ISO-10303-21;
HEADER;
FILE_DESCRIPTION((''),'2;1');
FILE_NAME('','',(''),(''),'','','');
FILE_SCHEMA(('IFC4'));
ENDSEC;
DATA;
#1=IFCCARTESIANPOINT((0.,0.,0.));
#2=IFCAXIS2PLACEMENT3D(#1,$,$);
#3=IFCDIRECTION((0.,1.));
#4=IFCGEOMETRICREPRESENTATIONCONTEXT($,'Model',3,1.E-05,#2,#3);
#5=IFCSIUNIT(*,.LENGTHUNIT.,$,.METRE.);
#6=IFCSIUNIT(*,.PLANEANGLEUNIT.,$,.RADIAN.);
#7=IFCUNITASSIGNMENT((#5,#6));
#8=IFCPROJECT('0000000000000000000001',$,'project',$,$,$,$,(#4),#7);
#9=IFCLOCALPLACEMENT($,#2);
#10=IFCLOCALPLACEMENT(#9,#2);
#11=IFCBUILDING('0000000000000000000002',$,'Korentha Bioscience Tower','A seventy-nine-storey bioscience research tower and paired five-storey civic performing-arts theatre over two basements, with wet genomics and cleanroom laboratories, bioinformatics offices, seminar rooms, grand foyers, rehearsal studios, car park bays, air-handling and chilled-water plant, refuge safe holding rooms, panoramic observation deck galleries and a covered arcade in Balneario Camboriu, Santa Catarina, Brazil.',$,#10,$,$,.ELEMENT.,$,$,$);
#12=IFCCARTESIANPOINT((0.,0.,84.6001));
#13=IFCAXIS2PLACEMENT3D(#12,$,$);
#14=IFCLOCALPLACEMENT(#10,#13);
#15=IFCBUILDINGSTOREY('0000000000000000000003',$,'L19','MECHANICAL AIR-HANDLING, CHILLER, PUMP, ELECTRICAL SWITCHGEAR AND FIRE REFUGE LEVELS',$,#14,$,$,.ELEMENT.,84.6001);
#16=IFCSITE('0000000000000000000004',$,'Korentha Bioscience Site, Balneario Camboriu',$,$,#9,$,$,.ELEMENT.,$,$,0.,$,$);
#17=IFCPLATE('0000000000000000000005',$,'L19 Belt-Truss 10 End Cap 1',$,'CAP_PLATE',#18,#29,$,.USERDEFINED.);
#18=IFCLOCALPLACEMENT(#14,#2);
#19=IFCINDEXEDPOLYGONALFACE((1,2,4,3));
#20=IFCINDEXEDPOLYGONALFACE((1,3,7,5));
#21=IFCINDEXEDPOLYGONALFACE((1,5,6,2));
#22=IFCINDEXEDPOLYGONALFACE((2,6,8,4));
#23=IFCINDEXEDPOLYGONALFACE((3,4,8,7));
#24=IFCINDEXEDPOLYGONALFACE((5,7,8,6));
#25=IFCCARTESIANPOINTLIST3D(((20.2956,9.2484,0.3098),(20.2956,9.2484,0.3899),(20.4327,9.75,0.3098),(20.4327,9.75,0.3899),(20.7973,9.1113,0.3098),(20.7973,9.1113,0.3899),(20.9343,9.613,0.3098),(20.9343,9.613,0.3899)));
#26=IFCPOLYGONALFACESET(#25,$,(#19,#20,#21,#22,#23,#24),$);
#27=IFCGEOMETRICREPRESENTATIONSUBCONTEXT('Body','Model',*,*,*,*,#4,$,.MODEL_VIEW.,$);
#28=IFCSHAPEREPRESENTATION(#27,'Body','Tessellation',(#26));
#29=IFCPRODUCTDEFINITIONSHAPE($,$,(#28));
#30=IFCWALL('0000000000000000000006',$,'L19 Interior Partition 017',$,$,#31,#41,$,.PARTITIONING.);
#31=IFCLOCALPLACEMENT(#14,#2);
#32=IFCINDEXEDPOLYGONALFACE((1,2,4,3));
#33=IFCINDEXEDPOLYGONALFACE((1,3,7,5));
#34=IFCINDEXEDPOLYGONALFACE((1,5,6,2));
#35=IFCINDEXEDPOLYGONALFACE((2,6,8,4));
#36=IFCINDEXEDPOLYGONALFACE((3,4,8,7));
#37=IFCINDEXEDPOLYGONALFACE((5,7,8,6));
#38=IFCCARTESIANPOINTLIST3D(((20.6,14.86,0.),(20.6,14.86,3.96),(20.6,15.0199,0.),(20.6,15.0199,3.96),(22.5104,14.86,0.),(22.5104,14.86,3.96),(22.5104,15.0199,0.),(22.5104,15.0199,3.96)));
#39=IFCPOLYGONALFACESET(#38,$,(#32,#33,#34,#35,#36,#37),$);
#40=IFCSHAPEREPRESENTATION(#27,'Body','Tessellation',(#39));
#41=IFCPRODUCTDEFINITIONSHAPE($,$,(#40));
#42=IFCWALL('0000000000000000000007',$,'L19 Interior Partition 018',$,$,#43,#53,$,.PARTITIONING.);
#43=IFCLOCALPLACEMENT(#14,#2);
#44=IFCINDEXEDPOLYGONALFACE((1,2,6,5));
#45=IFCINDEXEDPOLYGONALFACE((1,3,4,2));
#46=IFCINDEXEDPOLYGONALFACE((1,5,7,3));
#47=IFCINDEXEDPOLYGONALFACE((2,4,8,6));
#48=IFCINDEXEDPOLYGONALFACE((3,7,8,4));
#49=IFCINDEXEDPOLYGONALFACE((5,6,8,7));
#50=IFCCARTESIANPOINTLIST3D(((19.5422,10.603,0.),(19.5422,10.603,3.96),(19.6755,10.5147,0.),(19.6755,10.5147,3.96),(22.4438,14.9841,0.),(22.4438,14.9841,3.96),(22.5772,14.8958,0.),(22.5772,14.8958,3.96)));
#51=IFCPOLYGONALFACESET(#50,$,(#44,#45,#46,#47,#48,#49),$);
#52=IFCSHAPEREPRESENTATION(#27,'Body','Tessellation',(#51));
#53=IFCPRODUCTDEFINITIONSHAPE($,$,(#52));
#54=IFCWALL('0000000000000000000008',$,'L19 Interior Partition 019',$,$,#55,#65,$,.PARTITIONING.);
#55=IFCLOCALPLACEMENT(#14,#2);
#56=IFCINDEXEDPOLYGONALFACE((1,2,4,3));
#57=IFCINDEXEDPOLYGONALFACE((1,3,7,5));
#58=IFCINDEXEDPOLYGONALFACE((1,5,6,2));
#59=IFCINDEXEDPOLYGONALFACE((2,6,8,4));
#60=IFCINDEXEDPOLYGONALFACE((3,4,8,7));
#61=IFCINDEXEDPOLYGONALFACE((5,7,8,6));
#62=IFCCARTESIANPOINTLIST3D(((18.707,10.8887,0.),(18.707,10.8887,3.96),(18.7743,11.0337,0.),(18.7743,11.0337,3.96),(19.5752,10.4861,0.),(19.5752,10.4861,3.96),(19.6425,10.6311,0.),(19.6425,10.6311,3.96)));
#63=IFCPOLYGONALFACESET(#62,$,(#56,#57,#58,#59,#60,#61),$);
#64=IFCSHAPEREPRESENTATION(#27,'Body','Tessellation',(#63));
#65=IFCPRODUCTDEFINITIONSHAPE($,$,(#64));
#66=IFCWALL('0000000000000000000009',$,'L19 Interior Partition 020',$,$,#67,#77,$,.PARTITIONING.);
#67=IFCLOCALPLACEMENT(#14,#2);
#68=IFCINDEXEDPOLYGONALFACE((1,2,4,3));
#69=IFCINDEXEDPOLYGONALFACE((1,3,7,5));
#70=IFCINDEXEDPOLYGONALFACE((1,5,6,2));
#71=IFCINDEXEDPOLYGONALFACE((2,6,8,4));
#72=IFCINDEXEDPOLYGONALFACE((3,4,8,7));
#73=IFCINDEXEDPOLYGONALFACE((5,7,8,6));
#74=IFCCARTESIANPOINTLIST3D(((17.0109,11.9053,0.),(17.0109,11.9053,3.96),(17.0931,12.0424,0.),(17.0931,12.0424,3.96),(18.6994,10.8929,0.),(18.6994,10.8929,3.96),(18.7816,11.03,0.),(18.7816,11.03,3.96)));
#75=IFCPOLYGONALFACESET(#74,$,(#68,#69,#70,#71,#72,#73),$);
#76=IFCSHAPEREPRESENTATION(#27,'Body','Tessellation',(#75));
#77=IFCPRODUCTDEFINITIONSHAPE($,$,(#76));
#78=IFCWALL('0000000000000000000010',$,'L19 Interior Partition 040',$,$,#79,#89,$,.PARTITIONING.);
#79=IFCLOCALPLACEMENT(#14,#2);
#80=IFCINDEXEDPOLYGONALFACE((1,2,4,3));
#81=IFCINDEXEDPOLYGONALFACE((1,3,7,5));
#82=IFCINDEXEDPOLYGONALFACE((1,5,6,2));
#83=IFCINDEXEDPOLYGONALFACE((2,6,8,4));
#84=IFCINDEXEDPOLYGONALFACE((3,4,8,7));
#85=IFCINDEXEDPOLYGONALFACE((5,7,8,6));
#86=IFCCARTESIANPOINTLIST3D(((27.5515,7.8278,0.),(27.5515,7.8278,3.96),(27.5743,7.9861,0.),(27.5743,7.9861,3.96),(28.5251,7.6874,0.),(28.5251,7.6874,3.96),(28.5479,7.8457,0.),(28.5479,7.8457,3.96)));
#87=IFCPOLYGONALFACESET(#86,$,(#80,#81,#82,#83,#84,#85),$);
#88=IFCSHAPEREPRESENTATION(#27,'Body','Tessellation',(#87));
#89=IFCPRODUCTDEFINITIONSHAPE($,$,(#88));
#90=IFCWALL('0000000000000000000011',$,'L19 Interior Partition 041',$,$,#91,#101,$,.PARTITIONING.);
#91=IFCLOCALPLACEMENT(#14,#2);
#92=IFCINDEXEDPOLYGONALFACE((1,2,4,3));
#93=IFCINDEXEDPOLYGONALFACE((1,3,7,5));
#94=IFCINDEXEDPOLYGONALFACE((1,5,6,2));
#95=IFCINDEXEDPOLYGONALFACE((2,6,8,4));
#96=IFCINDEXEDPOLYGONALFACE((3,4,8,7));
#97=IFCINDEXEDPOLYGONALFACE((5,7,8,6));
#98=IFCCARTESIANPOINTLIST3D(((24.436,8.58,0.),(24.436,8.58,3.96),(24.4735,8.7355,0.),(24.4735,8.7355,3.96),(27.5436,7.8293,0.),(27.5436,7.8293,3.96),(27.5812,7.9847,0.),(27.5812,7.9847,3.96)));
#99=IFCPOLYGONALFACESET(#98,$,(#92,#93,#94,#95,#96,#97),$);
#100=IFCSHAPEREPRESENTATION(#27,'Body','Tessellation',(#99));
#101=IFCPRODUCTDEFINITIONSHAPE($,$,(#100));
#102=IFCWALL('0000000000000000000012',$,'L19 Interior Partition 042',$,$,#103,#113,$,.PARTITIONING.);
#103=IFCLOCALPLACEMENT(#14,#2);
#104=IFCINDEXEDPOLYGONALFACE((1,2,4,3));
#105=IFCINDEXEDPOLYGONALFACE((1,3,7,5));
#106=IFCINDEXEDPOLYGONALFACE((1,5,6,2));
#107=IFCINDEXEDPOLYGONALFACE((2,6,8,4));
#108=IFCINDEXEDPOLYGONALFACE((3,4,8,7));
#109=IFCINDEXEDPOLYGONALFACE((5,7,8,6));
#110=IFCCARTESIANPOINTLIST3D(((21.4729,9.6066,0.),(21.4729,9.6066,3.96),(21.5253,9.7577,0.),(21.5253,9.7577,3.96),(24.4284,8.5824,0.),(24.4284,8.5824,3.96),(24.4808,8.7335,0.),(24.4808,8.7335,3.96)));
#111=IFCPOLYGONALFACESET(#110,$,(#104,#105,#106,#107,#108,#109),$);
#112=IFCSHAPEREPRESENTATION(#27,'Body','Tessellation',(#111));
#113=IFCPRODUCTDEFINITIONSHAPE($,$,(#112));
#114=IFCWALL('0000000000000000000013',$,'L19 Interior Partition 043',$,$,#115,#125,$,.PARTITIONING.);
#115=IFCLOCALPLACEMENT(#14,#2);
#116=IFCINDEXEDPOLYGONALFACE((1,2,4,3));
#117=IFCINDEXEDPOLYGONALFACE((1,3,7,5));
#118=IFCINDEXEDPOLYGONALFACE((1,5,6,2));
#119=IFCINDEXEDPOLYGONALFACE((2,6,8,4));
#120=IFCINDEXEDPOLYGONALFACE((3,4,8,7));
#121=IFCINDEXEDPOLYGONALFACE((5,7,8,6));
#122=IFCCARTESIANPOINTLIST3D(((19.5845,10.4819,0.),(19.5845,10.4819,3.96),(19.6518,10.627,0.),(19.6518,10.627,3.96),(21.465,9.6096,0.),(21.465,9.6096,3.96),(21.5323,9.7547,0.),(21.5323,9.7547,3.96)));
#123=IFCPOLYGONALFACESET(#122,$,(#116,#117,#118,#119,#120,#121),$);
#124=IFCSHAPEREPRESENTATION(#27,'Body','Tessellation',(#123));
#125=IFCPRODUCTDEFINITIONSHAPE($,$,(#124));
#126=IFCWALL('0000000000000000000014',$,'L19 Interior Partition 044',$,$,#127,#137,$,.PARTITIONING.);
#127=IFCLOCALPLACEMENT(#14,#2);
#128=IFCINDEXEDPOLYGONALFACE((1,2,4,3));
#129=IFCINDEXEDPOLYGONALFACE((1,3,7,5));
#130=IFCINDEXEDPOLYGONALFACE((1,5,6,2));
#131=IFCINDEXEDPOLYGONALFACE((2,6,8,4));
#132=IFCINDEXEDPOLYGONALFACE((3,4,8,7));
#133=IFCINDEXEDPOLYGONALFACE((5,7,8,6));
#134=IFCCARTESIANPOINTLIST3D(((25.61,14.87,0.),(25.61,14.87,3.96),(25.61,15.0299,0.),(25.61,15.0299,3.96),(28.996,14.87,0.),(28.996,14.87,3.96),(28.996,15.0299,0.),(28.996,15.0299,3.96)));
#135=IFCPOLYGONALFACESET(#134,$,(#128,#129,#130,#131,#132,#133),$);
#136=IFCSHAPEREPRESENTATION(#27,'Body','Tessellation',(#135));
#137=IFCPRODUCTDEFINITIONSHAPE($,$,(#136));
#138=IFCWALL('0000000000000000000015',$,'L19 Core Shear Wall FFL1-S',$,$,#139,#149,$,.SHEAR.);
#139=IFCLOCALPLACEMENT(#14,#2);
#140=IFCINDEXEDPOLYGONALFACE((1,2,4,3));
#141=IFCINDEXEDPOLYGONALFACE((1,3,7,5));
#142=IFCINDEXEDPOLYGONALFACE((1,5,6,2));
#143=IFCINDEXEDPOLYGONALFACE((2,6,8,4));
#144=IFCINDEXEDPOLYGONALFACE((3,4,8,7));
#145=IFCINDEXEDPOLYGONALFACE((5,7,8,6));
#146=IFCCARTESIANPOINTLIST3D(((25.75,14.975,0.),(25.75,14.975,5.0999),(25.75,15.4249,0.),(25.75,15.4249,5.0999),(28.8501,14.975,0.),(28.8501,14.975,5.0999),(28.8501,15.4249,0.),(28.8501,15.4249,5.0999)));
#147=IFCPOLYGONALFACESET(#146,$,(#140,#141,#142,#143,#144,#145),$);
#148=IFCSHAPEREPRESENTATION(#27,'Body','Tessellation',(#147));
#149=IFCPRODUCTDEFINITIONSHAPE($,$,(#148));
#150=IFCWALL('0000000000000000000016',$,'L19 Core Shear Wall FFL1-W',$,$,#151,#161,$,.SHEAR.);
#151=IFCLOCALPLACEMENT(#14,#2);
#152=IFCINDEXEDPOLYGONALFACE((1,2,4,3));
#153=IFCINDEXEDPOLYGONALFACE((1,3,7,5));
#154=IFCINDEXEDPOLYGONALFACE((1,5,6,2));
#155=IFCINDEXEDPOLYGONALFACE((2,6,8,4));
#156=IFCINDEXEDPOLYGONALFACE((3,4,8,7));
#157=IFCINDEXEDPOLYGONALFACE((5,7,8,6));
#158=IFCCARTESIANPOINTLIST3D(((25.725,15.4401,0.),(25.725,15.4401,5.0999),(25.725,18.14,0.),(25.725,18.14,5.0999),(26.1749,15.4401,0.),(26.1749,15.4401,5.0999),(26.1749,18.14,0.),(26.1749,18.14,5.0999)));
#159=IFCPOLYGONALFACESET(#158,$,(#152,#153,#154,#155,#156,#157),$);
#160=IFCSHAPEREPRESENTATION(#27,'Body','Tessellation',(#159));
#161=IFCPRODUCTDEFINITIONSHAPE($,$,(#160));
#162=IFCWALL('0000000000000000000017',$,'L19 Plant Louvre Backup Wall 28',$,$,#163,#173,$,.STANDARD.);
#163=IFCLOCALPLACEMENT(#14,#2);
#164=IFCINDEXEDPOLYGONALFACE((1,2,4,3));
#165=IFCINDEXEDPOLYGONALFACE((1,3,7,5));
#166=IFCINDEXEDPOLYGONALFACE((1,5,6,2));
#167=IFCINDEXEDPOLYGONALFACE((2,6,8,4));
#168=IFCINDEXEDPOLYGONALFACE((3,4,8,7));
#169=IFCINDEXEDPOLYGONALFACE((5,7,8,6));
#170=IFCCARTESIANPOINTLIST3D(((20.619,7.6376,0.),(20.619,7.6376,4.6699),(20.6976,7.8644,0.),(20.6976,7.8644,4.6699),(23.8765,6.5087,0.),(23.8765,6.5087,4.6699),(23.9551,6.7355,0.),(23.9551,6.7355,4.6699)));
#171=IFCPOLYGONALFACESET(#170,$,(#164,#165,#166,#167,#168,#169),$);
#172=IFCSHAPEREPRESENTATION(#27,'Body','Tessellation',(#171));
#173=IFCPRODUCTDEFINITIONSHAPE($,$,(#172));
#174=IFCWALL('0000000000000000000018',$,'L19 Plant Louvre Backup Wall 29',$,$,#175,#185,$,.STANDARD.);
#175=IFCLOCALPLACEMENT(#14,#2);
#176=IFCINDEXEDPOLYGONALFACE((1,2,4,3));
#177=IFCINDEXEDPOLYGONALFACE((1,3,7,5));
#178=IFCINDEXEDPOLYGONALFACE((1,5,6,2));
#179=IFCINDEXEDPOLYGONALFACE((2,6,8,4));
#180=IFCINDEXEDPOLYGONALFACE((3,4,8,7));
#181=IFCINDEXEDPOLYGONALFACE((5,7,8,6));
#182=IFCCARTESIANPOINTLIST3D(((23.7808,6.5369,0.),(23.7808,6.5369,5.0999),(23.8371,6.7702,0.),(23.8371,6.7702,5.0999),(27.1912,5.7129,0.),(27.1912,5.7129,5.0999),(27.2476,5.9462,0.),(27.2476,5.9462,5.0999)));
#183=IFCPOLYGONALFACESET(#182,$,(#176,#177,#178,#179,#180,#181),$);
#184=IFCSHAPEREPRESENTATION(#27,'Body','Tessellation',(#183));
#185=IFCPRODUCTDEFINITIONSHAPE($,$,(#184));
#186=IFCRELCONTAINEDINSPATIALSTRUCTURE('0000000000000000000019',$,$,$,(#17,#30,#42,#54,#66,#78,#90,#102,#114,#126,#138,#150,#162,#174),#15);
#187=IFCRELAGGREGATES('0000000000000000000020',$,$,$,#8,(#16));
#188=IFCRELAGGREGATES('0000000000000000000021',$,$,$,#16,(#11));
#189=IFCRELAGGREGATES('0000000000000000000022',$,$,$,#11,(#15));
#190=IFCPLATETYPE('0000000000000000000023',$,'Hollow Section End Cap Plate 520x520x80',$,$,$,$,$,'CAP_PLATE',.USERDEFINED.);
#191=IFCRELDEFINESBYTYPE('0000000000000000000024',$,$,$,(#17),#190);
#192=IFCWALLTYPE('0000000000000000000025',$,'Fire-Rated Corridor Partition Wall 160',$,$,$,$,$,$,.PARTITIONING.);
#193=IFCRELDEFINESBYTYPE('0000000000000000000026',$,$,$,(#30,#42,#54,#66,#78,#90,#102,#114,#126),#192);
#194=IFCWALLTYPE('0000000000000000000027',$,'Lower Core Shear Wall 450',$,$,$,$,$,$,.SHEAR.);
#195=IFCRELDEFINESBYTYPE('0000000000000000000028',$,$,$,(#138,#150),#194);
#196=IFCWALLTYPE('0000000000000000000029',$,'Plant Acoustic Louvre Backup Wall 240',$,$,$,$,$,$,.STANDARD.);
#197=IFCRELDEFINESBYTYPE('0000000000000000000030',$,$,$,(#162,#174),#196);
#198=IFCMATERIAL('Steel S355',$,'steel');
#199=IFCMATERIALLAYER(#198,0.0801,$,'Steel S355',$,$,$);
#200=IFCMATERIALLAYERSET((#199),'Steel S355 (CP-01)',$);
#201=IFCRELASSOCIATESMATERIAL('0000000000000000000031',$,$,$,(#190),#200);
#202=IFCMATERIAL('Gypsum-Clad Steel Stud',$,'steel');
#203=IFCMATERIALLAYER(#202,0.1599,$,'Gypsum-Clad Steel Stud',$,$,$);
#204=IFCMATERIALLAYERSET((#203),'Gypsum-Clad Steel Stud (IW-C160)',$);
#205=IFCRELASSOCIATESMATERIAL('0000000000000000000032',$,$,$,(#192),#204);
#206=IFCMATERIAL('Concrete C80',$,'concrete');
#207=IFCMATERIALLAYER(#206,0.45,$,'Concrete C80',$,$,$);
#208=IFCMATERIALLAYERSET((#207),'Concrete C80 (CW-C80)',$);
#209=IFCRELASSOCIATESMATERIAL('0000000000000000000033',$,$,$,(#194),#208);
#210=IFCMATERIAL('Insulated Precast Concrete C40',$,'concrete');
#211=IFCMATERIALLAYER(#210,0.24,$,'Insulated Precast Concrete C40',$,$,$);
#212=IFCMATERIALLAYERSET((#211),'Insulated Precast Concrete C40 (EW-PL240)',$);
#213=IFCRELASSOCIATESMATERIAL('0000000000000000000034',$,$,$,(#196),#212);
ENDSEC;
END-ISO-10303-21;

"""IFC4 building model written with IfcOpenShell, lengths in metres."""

from ifc_helpers import new_model, si_unit, direction, frame, frame_2d, origin, origin_2d, place, context, subcontext, project, spatial, rectangle, extrude, material, layer, layer_set, type_object, element, save


model = new_model("IFC4")

# Units and contexts
model_context = context("Model", 3, precision=1e-05, world=origin(), true_north=direction((0.0, 1.0)))
body_context = subcontext(model_context, "Body", "Model", "MODEL_VIEW")
ifc_project = project(units=[si_unit("LENGTHUNIT", "METRE"), si_unit("PLANEANGLEUNIT", "RADIAN")], contexts=[model_context])

# Site, building, storey
site_placement = place(None, origin())
site = spatial("IfcSite", under=ifc_project, at=site_placement, Name="Korentha Bioscience Site, Balneario Camboriu", CompositionType="ELEMENT", RefElevation=0.0)
building_placement = place(site_placement, origin())
building = spatial("IfcBuilding", under=site, at=building_placement, Name="Korentha Bioscience Tower", Description="A seventy-nine-storey bioscience research tower and paired five-storey civic performing-arts theatre over two basements, with wet genomics and cleanroom laboratories, bioinformatics offices, seminar rooms, grand foyers, rehearsal studios, car park bays, air-handling and chilled-water plant, refuge safe holding rooms, panoramic observation deck galleries and a covered arcade in Balneario Camboriu, Santa Catarina, Brazil.", CompositionType="ELEMENT")
storey_placement = place(building_placement, frame((0.0, 0.0, 84.6001)))
storey = spatial("IfcBuildingStorey", under=building, at=storey_placement, Name="L19", Description="MECHANICAL AIR-HANDLING, CHILLER, PUMP, ELECTRICAL SWITCHGEAR AND FIRE REFUGE LEVELS", CompositionType="ELEMENT", Elevation=84.6001)

# Shared definitions
ifc_material_1 = material(Name="Concrete C80", Category="concrete")

# Shared definitions
ifc_material_2 = material(Name="Steel S355", Category="steel")

# Plate
ifc_layer_1 = layer(ifc_material_2, 0.0801, Name="Steel S355")
ifc_layer_set_1 = layer_set([ifc_layer_1], Name="Steel S355 (CP-01)")
plate_type_1 = type_object("IfcPlateType", Name="Hollow Section End Cap Plate 520x520x80", ElementType="CAP_PLATE", PredefinedType="USERDEFINED", material=ifc_layer_set_1)
for number, where, z_axis, x_axis, name in (
    (1, (20.615, 9.4307, 0.3098), (0.0, 0.0, 1.0), (-0.964649, 0.263536, 0.0), "L19 Belt-Truss 10 End Cap 1"),
):
    element("IfcPlate", number, at=place(storey_placement, frame(where, z_axis=z_axis, x_axis=x_axis)), inside=storey, type_object=plate_type_1, Name=name, ObjectType="CAP_PLATE", PredefinedType="USERDEFINED", context=body_context, shape_type="SweptSolid", body=[
        extrude(rectangle(XDim=0.52, YDim=0.52, at=origin_2d()), origin(), (0.0, 0.0, 1.0), 0.0801),
    ])

# Shared definitions
ifc_material_3 = material(Name="Gypsum-Clad Steel Stud", Category="steel")
ifc_layer_2 = layer(ifc_material_3, 0.1599, Name="Gypsum-Clad Steel Stud")
ifc_layer_set_2 = layer_set([ifc_layer_2], Name="Gypsum-Clad Steel Stud (IW-C160)")
wall_type_1 = type_object("IfcWallType", Name="Fire-Rated Corridor Partition Wall 160", PredefinedType="PARTITIONING", material=ifc_layer_set_2)

# Walls
wall_1_placement = place(storey_placement, frame((20.6001, 14.9399, 0.0), z_axis=(0.0, 0.0, 1.0), x_axis=(1.0, 0.0, 0.0)))
element("IfcWall", 2, at=wall_1_placement, inside=storey, type_object=wall_type_1, Name="L19 Interior Partition 017", PredefinedType="PARTITIONING", context=body_context, shape_type="SweptSolid", body=[
    extrude(rectangle(XDim=1.9104, YDim=0.1599, at=frame_2d((0.9551, 0.0))), origin(), (0.0, 0.0, 1.0), 3.96),
])
wall_2_placement = place(storey_placement, frame((22.5105, 14.9399, 0.0), z_axis=(0.0, 0.0, 1.0), x_axis=(-0.552178, -0.833726, 0.0)))
element("IfcWall", 3, at=wall_2_placement, inside=storey, type_object=wall_type_1, Name="L19 Interior Partition 018", PredefinedType="PARTITIONING", context=body_context, shape_type="SweptSolid", body=[
    extrude(rectangle(XDim=5.2549, YDim=0.1599, at=frame_2d((2.6274, 0.0))), origin(), (0.0, 0.0, 1.0), 3.96),
])
wall_3_placement = place(storey_placement, frame((19.6089, 10.5586, 0.0), z_axis=(0.0, 0.0, 1.0), x_axis=(-0.907204, 0.420692, 0.0)))
element("IfcWall", 4, at=wall_3_placement, inside=storey, type_object=wall_type_1, Name="L19 Interior Partition 019", PredefinedType="PARTITIONING", context=body_context, shape_type="SweptSolid", body=[
    extrude(rectangle(XDim=0.957, YDim=0.1599, at=frame_2d((0.4785, 0.0))), origin(), (0.0, 0.0, 1.0), 3.96),
])
wall_4_placement = place(storey_placement, frame((18.7405, 10.9614, 0.0), z_axis=(0.0, 0.0, 1.0), x_axis=(-0.857635, 0.514259, 0.0)))
element("IfcWall", 5, at=wall_4_placement, inside=storey, type_object=wall_type_1, Name="L19 Interior Partition 020", PredefinedType="PARTITIONING", context=body_context, shape_type="SweptSolid", body=[
    extrude(rectangle(XDim=1.9688, YDim=0.1599, at=frame_2d((0.9844, 0.0))), origin(), (0.0, 0.0, 1.0), 3.96),
])
wall_5_placement = place(storey_placement, frame((28.5364, 7.7666, 0.0), z_axis=(0.0, 0.0, 1.0), x_axis=(-0.989765, 0.142707, 0.0)))
element("IfcWall", 6, at=wall_5_placement, inside=storey, type_object=wall_type_1, Name="L19 Interior Partition 040", PredefinedType="PARTITIONING", context=body_context, shape_type="SweptSolid", body=[
    extrude(rectangle(XDim=0.9836, YDim=0.1599, at=frame_2d((0.4917, 0.0))), origin(), (0.0, 0.0, 1.0), 3.96),
])
wall_6_placement = place(storey_placement, frame((27.5625, 7.907, 0.0), z_axis=(0.0, 0.0, 1.0), x_axis=(-0.972039, 0.23482, 0.0)))
element("IfcWall", 7, at=wall_6_placement, inside=storey, type_object=wall_type_1, Name="L19 Interior Partition 041", PredefinedType="PARTITIONING", context=body_context, shape_type="SweptSolid", body=[
    extrude(rectangle(XDim=3.197, YDim=0.1599, at=frame_2d((1.5986, 0.0))), origin(), (0.0, 0.0, 1.0), 3.96),
])
wall_7_placement = place(storey_placement, frame((24.4546, 8.658, 0.0), z_axis=(0.0, 0.0, 1.0), x_axis=(-0.944878, 0.327422, 0.0)))
element("IfcWall", 8, at=wall_7_placement, inside=storey, type_object=wall_type_1, Name="L19 Interior Partition 042", PredefinedType="PARTITIONING", context=body_context, shape_type="SweptSolid", body=[
    extrude(rectangle(XDim=3.1279, YDim=0.1599, at=frame_2d((1.564, 0.0))), origin(), (0.0, 0.0, 1.0), 3.96),
])
wall_8_placement = place(storey_placement, frame((21.4988, 9.6821, 0.0), z_axis=(0.0, 0.0, 1.0), x_axis=(-0.907162, 0.420783, 0.0)))
element("IfcWall", 9, at=wall_8_placement, inside=storey, type_object=wall_type_1, Name="L19 Interior Partition 043", PredefinedType="PARTITIONING", context=body_context, shape_type="SweptSolid", body=[
    extrude(rectangle(XDim=2.073, YDim=0.1599, at=frame_2d((1.0366, 0.0))), origin(), (0.0, 0.0, 1.0), 3.96),
])
wall_9_placement = place(storey_placement, frame((25.6101, 14.95, 0.0), z_axis=(0.0, 0.0, 1.0), x_axis=(1.0, 0.0, 0.0)))
element("IfcWall", 10, at=wall_9_placement, inside=storey, type_object=wall_type_1, Name="L19 Interior Partition 044", PredefinedType="PARTITIONING", context=body_context, shape_type="SweptSolid", body=[
    extrude(rectangle(XDim=3.386, YDim=0.1599, at=frame_2d((1.6929, 0.0))), origin(), (0.0, 0.0, 1.0), 3.96),
])
ifc_layer_3 = layer(ifc_material_1, 0.45, Name="Concrete C80")
ifc_layer_set_3 = layer_set([ifc_layer_3], Name="Concrete C80 (CW-C80)")
wall_type_2 = type_object("IfcWallType", Name="Lower Core Shear Wall 450", PredefinedType="SHEAR", material=ifc_layer_set_3)
wall_10_placement = place(storey_placement, frame((25.75, 15.2, 0.0), z_axis=(0.0, 0.0, 1.0), x_axis=(1.0, 0.0, 0.0)))
element("IfcWall", 11, at=wall_10_placement, inside=storey, type_object=wall_type_2, Name="L19 Core Shear Wall FFL1-S", PredefinedType="SHEAR", context=body_context, shape_type="SweptSolid", body=[
    extrude(rectangle(XDim=3.1001, YDim=0.45, at=frame_2d((1.55, 0.0))), origin(), (0.0, 0.0, 1.0), 5.0999),
])
wall_11_placement = place(storey_placement, frame((25.95, 15.4399, 0.0), z_axis=(0.0, 0.0, 1.0), x_axis=(0.0, 1.0, 0.0)))
element("IfcWall", 12, at=wall_11_placement, inside=storey, type_object=wall_type_2, Name="L19 Core Shear Wall FFL1-W", PredefinedType="SHEAR", context=body_context, shape_type="SweptSolid", body=[
    extrude(rectangle(XDim=2.7, YDim=0.45, at=frame_2d((1.3501, 0.0))), origin(), (0.0, 0.0, 1.0), 5.0999),
])
ifc_material_4 = material(Name="Insulated Precast Concrete C40", Category="concrete")
ifc_layer_4 = layer(ifc_material_4, 0.24, Name="Insulated Precast Concrete C40")
ifc_layer_set_4 = layer_set([ifc_layer_4], Name="Insulated Precast Concrete C40 (EW-PL240)")
wall_type_3 = type_object("IfcWallType", Name="Plant Acoustic Louvre Backup Wall 240", PredefinedType="STANDARD", material=ifc_layer_set_4)
wall_12_placement = place(storey_placement, frame((20.6584, 7.751, 0.0), z_axis=(0.0, 0.0, 1.0), x_axis=(0.944863, -0.327466, 0.0)))
element("IfcWall", 13, at=wall_12_placement, inside=storey, type_object=wall_type_3, Name="L19 Plant Louvre Backup Wall 28", PredefinedType="STANDARD", context=body_context, shape_type="SweptSolid", body=[
    extrude(rectangle(XDim=3.4475, YDim=0.24, at=frame_2d((1.7236, 0.0))), origin(), (0.0, 0.0, 1.0), 4.6699),
])
wall_13_placement = place(storey_placement, frame((23.8088, 6.6536, 0.0), z_axis=(0.0, 0.0, 1.0), x_axis=(0.972032, -0.234849, 0.0)))
element("IfcWall", 14, at=wall_13_placement, inside=storey, type_object=wall_type_3, Name="L19 Plant Louvre Backup Wall 29", PredefinedType="STANDARD", context=body_context, shape_type="SweptSolid", body=[
    extrude(rectangle(XDim=3.5085, YDim=0.24, at=frame_2d((1.7544, 0.0))), origin(), (0.0, 0.0, 1.0), 5.0999),
])

save(model, "model.ifc")
